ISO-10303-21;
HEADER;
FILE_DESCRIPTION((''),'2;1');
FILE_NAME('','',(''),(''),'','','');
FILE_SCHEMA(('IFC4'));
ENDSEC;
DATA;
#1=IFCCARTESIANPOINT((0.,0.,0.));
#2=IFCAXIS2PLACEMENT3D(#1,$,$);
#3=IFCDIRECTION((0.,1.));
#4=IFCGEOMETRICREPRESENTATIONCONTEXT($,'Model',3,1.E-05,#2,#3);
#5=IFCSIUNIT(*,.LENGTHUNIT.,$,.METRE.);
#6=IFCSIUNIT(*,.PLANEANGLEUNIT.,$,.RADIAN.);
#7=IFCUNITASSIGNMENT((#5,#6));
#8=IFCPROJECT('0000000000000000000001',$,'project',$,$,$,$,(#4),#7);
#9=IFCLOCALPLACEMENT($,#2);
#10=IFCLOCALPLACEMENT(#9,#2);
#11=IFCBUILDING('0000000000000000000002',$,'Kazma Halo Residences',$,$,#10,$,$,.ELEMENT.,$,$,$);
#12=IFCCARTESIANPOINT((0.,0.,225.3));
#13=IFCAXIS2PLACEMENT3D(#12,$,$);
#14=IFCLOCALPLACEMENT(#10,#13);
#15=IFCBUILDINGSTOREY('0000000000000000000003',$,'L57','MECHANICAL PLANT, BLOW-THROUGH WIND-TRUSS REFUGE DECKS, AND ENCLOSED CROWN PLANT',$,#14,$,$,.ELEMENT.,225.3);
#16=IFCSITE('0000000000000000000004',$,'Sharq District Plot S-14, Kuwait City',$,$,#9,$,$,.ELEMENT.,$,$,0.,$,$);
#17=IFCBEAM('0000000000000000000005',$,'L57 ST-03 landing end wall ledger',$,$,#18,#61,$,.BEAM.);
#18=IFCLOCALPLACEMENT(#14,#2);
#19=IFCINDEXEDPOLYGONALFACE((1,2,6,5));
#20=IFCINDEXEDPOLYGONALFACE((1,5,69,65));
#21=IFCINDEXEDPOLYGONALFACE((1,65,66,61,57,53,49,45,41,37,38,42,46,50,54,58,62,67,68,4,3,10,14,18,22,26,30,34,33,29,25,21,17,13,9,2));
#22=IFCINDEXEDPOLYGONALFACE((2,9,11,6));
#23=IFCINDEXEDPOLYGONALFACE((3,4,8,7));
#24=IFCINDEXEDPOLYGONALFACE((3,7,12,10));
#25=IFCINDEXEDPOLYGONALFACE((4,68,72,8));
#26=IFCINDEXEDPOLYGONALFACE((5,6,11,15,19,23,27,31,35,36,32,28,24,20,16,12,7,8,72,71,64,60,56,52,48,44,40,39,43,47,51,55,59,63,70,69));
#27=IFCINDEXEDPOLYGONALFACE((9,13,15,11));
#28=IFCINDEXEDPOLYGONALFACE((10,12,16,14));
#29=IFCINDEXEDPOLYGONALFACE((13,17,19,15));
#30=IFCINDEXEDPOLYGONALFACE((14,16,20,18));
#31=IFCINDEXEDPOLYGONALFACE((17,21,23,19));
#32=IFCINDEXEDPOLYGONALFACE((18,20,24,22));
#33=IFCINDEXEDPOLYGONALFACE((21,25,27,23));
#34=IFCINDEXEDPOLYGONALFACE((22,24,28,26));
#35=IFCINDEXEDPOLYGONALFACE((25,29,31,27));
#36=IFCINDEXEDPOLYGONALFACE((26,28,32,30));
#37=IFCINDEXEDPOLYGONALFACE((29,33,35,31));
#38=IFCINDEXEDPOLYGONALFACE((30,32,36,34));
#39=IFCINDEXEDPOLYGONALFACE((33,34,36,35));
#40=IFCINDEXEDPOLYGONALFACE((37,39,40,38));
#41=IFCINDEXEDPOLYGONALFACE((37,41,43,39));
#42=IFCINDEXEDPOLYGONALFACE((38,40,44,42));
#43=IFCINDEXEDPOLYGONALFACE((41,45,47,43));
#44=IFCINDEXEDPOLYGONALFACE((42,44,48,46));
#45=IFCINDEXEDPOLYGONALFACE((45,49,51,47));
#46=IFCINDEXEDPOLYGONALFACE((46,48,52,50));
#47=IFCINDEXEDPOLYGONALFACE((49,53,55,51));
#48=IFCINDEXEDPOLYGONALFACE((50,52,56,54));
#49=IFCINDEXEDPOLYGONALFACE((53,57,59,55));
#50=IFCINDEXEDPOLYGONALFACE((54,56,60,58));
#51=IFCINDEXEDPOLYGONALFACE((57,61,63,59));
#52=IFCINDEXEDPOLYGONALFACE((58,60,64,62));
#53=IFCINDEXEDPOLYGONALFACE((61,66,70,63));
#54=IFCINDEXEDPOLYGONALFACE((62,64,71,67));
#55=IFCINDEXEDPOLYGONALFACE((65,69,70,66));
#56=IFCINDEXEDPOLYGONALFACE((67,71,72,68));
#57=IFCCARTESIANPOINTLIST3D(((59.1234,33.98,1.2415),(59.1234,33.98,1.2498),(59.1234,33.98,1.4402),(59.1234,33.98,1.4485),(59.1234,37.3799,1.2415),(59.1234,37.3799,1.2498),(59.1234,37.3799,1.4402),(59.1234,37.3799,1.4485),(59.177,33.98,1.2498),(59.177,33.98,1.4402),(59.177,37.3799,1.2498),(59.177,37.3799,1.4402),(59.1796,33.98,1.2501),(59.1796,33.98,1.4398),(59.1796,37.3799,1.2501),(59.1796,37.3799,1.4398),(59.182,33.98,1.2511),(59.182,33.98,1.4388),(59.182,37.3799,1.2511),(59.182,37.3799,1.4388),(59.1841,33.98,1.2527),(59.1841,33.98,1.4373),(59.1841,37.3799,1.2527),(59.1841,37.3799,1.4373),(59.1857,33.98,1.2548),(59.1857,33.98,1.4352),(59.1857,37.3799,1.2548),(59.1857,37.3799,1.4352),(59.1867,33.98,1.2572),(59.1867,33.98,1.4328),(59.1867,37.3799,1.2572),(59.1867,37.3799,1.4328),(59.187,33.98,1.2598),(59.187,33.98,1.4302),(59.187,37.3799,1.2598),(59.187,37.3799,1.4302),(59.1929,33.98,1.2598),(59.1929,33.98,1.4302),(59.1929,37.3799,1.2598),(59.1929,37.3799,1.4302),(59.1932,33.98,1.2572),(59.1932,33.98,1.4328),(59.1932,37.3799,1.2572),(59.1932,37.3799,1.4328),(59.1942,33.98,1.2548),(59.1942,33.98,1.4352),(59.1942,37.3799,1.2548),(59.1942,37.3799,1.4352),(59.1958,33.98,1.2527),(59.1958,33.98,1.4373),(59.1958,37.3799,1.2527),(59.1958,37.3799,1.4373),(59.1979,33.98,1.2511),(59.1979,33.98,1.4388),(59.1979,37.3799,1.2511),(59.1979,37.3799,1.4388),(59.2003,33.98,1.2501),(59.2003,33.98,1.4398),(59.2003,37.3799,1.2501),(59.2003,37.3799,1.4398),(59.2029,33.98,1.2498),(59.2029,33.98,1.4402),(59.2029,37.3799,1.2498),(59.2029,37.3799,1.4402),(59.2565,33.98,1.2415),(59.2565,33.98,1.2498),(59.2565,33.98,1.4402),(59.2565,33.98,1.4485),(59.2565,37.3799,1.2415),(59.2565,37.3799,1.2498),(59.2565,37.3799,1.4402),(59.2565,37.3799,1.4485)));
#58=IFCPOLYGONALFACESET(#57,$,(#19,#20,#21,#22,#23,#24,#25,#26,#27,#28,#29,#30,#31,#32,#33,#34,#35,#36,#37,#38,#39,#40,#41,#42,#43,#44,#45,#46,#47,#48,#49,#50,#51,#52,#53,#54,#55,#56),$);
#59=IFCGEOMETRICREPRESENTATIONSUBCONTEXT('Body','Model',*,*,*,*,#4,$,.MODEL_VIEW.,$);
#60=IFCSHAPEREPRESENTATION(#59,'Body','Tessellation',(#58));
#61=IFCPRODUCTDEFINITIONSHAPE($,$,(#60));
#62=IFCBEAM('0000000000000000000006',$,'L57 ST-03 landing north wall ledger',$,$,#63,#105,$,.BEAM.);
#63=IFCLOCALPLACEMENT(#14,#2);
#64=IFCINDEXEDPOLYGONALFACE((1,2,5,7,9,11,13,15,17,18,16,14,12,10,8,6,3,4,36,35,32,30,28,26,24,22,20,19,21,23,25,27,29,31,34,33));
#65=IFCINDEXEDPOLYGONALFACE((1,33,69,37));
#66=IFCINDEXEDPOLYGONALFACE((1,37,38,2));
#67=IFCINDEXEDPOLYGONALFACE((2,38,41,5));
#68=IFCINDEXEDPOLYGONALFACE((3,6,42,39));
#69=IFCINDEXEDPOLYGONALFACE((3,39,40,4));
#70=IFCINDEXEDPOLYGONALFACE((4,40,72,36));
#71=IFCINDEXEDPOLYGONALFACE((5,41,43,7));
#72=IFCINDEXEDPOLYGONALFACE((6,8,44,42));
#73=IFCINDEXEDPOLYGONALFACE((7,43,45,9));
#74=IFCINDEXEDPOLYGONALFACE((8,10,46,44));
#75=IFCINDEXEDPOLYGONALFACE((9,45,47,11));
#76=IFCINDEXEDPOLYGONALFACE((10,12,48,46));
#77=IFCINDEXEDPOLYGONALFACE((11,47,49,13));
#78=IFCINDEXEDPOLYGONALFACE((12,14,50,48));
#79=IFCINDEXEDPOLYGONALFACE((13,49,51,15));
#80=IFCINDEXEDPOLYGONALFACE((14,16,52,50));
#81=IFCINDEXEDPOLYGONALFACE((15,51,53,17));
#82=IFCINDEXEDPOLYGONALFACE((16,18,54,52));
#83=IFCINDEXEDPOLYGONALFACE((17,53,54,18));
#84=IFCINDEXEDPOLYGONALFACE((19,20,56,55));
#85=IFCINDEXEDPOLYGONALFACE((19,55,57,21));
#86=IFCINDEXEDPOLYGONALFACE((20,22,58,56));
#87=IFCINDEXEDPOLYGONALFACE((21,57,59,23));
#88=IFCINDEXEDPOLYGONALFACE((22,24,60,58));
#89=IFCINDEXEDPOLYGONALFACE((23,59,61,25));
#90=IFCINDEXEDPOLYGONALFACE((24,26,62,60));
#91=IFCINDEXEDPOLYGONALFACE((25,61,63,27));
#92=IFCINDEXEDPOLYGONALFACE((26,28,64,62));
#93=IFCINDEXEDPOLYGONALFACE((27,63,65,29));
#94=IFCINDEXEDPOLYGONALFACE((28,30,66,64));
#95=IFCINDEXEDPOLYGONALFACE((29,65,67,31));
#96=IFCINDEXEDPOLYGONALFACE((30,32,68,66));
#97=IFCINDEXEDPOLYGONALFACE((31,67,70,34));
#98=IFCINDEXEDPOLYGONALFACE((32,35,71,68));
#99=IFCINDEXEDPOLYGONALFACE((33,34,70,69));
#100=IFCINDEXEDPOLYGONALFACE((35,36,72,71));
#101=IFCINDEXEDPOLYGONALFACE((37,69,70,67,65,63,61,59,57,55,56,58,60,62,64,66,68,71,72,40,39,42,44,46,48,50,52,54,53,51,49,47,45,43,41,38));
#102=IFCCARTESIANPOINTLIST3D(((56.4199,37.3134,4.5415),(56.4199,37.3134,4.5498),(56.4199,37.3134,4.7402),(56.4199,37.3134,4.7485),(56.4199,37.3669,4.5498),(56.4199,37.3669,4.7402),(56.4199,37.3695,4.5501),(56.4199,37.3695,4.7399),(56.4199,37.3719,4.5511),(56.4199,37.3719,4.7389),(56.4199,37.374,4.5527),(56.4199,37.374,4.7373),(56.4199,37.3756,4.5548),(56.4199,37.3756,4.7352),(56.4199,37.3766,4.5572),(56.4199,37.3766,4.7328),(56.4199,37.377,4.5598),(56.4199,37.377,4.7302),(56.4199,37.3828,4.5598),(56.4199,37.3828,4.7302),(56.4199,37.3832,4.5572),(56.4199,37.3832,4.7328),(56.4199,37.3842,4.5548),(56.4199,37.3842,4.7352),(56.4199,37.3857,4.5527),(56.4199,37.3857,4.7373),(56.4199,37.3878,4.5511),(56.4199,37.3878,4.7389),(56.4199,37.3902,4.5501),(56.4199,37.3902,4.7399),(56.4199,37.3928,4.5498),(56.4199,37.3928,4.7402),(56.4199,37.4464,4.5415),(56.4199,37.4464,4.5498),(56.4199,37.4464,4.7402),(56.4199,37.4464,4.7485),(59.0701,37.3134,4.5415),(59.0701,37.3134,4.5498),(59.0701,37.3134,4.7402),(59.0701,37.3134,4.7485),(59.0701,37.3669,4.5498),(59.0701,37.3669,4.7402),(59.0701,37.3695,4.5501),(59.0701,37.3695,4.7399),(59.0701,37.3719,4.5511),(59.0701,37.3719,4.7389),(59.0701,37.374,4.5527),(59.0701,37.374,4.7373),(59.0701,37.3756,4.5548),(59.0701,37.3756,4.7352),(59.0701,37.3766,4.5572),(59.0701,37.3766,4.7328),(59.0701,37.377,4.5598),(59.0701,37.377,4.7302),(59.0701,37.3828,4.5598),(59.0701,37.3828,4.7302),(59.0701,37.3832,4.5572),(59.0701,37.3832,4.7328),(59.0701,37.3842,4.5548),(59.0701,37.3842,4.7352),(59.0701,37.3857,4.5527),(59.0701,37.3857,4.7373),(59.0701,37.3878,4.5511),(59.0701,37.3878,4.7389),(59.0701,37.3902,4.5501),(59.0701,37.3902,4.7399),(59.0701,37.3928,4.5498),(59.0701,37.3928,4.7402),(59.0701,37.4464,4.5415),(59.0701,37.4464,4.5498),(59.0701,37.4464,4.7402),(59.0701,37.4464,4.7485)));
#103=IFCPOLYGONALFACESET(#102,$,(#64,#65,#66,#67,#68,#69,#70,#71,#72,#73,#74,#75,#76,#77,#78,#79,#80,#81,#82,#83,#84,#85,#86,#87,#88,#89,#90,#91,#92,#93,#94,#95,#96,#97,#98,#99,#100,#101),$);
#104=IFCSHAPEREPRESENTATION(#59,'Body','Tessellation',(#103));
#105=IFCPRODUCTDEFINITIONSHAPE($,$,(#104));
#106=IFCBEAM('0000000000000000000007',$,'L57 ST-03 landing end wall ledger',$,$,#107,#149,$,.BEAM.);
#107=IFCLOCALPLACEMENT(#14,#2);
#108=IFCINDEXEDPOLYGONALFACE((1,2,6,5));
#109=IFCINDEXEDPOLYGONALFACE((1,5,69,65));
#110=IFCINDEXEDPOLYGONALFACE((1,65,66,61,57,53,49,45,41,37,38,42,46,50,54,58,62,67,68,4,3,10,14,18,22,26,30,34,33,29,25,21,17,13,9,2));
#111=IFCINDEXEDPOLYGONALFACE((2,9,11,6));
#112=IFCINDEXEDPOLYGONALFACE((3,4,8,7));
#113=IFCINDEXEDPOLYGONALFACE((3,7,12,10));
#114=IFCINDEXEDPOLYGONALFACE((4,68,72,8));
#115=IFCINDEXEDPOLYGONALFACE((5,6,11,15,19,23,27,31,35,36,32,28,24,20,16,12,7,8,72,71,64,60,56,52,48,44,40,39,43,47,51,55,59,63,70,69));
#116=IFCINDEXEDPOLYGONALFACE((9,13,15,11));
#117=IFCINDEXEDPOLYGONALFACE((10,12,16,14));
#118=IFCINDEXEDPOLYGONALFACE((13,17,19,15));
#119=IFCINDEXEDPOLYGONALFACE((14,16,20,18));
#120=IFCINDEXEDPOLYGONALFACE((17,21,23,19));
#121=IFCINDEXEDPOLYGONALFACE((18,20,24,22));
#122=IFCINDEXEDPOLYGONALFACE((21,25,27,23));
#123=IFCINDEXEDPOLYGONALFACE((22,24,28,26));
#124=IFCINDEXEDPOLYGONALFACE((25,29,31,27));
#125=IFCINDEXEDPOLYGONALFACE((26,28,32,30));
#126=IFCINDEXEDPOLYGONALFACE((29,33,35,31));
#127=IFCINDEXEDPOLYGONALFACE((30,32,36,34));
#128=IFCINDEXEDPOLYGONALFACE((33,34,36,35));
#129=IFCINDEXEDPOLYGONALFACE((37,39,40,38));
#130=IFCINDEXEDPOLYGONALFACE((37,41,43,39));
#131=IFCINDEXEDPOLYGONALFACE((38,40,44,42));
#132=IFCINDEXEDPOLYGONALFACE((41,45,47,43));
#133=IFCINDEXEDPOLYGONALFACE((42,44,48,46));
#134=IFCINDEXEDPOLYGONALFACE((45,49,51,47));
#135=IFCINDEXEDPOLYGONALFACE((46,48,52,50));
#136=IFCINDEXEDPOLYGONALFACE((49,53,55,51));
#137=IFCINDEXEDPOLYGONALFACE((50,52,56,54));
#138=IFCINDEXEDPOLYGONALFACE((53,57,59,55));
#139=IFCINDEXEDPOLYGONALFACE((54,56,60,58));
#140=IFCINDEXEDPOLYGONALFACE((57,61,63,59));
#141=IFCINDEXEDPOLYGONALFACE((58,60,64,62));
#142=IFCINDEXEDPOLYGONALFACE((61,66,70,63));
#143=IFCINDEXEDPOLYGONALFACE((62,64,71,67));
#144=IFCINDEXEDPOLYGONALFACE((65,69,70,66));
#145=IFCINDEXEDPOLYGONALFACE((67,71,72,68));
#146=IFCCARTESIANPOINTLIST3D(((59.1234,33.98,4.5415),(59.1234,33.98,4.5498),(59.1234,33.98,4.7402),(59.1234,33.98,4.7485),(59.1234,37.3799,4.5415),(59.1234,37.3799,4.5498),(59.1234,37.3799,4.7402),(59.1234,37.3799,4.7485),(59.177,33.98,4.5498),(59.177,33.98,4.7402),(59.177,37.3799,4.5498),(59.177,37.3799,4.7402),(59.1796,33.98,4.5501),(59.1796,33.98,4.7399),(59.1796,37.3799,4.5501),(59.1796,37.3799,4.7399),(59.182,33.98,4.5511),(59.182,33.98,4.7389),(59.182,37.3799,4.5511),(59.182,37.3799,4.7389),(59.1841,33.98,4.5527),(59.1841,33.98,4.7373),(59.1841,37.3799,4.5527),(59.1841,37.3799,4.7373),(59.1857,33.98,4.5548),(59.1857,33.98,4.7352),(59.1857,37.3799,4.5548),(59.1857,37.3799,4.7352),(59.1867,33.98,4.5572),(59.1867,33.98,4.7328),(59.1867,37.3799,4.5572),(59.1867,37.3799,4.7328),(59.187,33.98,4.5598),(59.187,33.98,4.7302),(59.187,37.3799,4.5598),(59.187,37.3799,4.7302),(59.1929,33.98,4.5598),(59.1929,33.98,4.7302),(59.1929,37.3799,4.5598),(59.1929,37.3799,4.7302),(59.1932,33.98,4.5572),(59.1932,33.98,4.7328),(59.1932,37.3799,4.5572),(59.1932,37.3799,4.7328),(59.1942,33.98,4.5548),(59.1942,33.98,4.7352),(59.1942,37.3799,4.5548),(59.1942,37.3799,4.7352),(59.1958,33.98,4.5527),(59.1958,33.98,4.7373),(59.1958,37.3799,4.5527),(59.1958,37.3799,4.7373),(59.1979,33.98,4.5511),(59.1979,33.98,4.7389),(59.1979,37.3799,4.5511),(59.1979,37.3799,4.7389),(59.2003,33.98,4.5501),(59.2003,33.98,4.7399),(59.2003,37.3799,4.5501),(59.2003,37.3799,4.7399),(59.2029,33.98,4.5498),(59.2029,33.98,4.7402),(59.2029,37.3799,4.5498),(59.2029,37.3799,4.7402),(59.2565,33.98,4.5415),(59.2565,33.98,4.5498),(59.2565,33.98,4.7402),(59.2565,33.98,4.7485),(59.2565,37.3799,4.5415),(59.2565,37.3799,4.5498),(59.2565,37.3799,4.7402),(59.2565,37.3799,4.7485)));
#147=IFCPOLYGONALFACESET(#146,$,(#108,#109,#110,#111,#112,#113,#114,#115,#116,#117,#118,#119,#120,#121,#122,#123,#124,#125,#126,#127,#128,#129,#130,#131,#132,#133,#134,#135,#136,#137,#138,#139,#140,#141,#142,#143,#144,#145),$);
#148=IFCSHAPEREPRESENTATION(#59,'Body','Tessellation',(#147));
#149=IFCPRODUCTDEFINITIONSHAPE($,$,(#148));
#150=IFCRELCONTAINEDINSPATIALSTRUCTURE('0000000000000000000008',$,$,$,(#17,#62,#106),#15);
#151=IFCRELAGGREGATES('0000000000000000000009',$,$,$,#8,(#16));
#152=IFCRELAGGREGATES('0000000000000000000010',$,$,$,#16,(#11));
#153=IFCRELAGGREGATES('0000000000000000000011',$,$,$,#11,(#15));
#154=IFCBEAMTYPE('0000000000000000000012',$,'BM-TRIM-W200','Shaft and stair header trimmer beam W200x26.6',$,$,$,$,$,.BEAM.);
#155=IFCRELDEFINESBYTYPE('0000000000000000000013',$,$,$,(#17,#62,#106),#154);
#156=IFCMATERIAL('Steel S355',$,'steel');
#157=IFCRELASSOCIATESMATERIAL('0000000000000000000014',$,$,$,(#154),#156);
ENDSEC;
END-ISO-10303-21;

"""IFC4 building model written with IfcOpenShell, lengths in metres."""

from ifc_helpers import new_model, si_unit, direction, frame, origin, origin_2d, place, context, subcontext, project, spatial, i_section, extrude, material, material_profile, profile_set, type_object, element, save


model = new_model("IFC4")

# Units and contexts
model_context = context("Model", 3, precision=1e-05, world=origin(), true_north=direction((0.0, 1.0)))
body_context = subcontext(model_context, "Body", "Model", "MODEL_VIEW")
ifc_project = project(units=[si_unit("LENGTHUNIT", "METRE"), si_unit("PLANEANGLEUNIT", "RADIAN")], contexts=[model_context])

# Site, building, storey
site_placement = place(None, origin())
site = spatial("IfcSite", under=ifc_project, at=site_placement, Name="Sharq District Plot S-14, Kuwait City", CompositionType="ELEMENT", RefElevation=0.0)
building_placement = place(site_placement, origin())
building = spatial("IfcBuilding", under=site, at=building_placement, Name="Kazma Halo Residences", CompositionType="ELEMENT")
storey_placement = place(building_placement, frame((0.0, 0.0, 225.3)))
storey = spatial("IfcBuildingStorey", under=building, at=storey_placement, Name="L57", Description="MECHANICAL PLANT, BLOW-THROUGH WIND-TRUSS REFUGE DECKS, AND ENCLOSED CROWN PLANT", CompositionType="ELEMENT", Elevation=225.3)

# Shared definitions
ifc_material_1 = material(Name="Steel S355", Category="steel")

# Beams
ifc_material_profile_1 = material_profile(ifc_material_1, i_section(OverallWidth=0.1331, OverallDepth=0.207, WebThickness=0.0059, FlangeThickness=0.0083, FilletRadius=0.01, at=origin_2d()), Name="W200x26.6")
ifc_profile_set_1 = profile_set([ifc_material_profile_1], Name="Steel S355")
beam_type_1 = type_object("IfcBeamType", Name="BM-TRIM-W200", Description="Shaft and stair header trimmer beam W200x26.6", PredefinedType="BEAM", material=ifc_profile_set_1)
beam_1_placement = place(storey_placement, frame((59.1899, 33.98, 1.345), z_axis=(0.0, 1.0, 0.0), x_axis=(-1.0, 0.0, 0.0)))
element("IfcBeam", 1, at=beam_1_placement, inside=storey, type_object=beam_type_1, Name="L57 ST-03 landing end wall ledger", PredefinedType="BEAM", context=body_context, shape_type="SweptSolid", body=[
    extrude(i_section(OverallWidth=0.1331, OverallDepth=0.207, WebThickness=0.0059, FlangeThickness=0.0083, FilletRadius=0.01, at=origin_2d()), origin(), (0.0, 0.0, 1.0), 3.3999),
])
beam_2_placement = place(storey_placement, frame((56.4199, 37.3799, 4.645), z_axis=(1.0, 0.0, 0.0), x_axis=(0.0, 1.0, 0.0)))
element("IfcBeam", 2, at=beam_2_placement, inside=storey, type_object=beam_type_1, Name="L57 ST-03 landing north wall ledger", PredefinedType="BEAM", context=body_context, shape_type="SweptSolid", body=[
    extrude(i_section(OverallWidth=0.1331, OverallDepth=0.207, WebThickness=0.0059, FlangeThickness=0.0083, FilletRadius=0.01, at=origin_2d()), origin(), (0.0, 0.0, 1.0), 2.6501),
])
beam_3_placement = place(storey_placement, frame((59.1899, 33.98, 4.645), z_axis=(0.0, 1.0, 0.0), x_axis=(-1.0, 0.0, 0.0)))
element("IfcBeam", 3, at=beam_3_placement, inside=storey, type_object=beam_type_1, Name="L57 ST-03 landing end wall ledger", PredefinedType="BEAM", context=body_context, shape_type="SweptSolid", body=[
    extrude(i_section(OverallWidth=0.1331, OverallDepth=0.207, WebThickness=0.0059, FlangeThickness=0.0083, FilletRadius=0.01, at=origin_2d()), origin(), (0.0, 0.0, 1.0), 3.3999),
])

save(model, "model.ifc")
